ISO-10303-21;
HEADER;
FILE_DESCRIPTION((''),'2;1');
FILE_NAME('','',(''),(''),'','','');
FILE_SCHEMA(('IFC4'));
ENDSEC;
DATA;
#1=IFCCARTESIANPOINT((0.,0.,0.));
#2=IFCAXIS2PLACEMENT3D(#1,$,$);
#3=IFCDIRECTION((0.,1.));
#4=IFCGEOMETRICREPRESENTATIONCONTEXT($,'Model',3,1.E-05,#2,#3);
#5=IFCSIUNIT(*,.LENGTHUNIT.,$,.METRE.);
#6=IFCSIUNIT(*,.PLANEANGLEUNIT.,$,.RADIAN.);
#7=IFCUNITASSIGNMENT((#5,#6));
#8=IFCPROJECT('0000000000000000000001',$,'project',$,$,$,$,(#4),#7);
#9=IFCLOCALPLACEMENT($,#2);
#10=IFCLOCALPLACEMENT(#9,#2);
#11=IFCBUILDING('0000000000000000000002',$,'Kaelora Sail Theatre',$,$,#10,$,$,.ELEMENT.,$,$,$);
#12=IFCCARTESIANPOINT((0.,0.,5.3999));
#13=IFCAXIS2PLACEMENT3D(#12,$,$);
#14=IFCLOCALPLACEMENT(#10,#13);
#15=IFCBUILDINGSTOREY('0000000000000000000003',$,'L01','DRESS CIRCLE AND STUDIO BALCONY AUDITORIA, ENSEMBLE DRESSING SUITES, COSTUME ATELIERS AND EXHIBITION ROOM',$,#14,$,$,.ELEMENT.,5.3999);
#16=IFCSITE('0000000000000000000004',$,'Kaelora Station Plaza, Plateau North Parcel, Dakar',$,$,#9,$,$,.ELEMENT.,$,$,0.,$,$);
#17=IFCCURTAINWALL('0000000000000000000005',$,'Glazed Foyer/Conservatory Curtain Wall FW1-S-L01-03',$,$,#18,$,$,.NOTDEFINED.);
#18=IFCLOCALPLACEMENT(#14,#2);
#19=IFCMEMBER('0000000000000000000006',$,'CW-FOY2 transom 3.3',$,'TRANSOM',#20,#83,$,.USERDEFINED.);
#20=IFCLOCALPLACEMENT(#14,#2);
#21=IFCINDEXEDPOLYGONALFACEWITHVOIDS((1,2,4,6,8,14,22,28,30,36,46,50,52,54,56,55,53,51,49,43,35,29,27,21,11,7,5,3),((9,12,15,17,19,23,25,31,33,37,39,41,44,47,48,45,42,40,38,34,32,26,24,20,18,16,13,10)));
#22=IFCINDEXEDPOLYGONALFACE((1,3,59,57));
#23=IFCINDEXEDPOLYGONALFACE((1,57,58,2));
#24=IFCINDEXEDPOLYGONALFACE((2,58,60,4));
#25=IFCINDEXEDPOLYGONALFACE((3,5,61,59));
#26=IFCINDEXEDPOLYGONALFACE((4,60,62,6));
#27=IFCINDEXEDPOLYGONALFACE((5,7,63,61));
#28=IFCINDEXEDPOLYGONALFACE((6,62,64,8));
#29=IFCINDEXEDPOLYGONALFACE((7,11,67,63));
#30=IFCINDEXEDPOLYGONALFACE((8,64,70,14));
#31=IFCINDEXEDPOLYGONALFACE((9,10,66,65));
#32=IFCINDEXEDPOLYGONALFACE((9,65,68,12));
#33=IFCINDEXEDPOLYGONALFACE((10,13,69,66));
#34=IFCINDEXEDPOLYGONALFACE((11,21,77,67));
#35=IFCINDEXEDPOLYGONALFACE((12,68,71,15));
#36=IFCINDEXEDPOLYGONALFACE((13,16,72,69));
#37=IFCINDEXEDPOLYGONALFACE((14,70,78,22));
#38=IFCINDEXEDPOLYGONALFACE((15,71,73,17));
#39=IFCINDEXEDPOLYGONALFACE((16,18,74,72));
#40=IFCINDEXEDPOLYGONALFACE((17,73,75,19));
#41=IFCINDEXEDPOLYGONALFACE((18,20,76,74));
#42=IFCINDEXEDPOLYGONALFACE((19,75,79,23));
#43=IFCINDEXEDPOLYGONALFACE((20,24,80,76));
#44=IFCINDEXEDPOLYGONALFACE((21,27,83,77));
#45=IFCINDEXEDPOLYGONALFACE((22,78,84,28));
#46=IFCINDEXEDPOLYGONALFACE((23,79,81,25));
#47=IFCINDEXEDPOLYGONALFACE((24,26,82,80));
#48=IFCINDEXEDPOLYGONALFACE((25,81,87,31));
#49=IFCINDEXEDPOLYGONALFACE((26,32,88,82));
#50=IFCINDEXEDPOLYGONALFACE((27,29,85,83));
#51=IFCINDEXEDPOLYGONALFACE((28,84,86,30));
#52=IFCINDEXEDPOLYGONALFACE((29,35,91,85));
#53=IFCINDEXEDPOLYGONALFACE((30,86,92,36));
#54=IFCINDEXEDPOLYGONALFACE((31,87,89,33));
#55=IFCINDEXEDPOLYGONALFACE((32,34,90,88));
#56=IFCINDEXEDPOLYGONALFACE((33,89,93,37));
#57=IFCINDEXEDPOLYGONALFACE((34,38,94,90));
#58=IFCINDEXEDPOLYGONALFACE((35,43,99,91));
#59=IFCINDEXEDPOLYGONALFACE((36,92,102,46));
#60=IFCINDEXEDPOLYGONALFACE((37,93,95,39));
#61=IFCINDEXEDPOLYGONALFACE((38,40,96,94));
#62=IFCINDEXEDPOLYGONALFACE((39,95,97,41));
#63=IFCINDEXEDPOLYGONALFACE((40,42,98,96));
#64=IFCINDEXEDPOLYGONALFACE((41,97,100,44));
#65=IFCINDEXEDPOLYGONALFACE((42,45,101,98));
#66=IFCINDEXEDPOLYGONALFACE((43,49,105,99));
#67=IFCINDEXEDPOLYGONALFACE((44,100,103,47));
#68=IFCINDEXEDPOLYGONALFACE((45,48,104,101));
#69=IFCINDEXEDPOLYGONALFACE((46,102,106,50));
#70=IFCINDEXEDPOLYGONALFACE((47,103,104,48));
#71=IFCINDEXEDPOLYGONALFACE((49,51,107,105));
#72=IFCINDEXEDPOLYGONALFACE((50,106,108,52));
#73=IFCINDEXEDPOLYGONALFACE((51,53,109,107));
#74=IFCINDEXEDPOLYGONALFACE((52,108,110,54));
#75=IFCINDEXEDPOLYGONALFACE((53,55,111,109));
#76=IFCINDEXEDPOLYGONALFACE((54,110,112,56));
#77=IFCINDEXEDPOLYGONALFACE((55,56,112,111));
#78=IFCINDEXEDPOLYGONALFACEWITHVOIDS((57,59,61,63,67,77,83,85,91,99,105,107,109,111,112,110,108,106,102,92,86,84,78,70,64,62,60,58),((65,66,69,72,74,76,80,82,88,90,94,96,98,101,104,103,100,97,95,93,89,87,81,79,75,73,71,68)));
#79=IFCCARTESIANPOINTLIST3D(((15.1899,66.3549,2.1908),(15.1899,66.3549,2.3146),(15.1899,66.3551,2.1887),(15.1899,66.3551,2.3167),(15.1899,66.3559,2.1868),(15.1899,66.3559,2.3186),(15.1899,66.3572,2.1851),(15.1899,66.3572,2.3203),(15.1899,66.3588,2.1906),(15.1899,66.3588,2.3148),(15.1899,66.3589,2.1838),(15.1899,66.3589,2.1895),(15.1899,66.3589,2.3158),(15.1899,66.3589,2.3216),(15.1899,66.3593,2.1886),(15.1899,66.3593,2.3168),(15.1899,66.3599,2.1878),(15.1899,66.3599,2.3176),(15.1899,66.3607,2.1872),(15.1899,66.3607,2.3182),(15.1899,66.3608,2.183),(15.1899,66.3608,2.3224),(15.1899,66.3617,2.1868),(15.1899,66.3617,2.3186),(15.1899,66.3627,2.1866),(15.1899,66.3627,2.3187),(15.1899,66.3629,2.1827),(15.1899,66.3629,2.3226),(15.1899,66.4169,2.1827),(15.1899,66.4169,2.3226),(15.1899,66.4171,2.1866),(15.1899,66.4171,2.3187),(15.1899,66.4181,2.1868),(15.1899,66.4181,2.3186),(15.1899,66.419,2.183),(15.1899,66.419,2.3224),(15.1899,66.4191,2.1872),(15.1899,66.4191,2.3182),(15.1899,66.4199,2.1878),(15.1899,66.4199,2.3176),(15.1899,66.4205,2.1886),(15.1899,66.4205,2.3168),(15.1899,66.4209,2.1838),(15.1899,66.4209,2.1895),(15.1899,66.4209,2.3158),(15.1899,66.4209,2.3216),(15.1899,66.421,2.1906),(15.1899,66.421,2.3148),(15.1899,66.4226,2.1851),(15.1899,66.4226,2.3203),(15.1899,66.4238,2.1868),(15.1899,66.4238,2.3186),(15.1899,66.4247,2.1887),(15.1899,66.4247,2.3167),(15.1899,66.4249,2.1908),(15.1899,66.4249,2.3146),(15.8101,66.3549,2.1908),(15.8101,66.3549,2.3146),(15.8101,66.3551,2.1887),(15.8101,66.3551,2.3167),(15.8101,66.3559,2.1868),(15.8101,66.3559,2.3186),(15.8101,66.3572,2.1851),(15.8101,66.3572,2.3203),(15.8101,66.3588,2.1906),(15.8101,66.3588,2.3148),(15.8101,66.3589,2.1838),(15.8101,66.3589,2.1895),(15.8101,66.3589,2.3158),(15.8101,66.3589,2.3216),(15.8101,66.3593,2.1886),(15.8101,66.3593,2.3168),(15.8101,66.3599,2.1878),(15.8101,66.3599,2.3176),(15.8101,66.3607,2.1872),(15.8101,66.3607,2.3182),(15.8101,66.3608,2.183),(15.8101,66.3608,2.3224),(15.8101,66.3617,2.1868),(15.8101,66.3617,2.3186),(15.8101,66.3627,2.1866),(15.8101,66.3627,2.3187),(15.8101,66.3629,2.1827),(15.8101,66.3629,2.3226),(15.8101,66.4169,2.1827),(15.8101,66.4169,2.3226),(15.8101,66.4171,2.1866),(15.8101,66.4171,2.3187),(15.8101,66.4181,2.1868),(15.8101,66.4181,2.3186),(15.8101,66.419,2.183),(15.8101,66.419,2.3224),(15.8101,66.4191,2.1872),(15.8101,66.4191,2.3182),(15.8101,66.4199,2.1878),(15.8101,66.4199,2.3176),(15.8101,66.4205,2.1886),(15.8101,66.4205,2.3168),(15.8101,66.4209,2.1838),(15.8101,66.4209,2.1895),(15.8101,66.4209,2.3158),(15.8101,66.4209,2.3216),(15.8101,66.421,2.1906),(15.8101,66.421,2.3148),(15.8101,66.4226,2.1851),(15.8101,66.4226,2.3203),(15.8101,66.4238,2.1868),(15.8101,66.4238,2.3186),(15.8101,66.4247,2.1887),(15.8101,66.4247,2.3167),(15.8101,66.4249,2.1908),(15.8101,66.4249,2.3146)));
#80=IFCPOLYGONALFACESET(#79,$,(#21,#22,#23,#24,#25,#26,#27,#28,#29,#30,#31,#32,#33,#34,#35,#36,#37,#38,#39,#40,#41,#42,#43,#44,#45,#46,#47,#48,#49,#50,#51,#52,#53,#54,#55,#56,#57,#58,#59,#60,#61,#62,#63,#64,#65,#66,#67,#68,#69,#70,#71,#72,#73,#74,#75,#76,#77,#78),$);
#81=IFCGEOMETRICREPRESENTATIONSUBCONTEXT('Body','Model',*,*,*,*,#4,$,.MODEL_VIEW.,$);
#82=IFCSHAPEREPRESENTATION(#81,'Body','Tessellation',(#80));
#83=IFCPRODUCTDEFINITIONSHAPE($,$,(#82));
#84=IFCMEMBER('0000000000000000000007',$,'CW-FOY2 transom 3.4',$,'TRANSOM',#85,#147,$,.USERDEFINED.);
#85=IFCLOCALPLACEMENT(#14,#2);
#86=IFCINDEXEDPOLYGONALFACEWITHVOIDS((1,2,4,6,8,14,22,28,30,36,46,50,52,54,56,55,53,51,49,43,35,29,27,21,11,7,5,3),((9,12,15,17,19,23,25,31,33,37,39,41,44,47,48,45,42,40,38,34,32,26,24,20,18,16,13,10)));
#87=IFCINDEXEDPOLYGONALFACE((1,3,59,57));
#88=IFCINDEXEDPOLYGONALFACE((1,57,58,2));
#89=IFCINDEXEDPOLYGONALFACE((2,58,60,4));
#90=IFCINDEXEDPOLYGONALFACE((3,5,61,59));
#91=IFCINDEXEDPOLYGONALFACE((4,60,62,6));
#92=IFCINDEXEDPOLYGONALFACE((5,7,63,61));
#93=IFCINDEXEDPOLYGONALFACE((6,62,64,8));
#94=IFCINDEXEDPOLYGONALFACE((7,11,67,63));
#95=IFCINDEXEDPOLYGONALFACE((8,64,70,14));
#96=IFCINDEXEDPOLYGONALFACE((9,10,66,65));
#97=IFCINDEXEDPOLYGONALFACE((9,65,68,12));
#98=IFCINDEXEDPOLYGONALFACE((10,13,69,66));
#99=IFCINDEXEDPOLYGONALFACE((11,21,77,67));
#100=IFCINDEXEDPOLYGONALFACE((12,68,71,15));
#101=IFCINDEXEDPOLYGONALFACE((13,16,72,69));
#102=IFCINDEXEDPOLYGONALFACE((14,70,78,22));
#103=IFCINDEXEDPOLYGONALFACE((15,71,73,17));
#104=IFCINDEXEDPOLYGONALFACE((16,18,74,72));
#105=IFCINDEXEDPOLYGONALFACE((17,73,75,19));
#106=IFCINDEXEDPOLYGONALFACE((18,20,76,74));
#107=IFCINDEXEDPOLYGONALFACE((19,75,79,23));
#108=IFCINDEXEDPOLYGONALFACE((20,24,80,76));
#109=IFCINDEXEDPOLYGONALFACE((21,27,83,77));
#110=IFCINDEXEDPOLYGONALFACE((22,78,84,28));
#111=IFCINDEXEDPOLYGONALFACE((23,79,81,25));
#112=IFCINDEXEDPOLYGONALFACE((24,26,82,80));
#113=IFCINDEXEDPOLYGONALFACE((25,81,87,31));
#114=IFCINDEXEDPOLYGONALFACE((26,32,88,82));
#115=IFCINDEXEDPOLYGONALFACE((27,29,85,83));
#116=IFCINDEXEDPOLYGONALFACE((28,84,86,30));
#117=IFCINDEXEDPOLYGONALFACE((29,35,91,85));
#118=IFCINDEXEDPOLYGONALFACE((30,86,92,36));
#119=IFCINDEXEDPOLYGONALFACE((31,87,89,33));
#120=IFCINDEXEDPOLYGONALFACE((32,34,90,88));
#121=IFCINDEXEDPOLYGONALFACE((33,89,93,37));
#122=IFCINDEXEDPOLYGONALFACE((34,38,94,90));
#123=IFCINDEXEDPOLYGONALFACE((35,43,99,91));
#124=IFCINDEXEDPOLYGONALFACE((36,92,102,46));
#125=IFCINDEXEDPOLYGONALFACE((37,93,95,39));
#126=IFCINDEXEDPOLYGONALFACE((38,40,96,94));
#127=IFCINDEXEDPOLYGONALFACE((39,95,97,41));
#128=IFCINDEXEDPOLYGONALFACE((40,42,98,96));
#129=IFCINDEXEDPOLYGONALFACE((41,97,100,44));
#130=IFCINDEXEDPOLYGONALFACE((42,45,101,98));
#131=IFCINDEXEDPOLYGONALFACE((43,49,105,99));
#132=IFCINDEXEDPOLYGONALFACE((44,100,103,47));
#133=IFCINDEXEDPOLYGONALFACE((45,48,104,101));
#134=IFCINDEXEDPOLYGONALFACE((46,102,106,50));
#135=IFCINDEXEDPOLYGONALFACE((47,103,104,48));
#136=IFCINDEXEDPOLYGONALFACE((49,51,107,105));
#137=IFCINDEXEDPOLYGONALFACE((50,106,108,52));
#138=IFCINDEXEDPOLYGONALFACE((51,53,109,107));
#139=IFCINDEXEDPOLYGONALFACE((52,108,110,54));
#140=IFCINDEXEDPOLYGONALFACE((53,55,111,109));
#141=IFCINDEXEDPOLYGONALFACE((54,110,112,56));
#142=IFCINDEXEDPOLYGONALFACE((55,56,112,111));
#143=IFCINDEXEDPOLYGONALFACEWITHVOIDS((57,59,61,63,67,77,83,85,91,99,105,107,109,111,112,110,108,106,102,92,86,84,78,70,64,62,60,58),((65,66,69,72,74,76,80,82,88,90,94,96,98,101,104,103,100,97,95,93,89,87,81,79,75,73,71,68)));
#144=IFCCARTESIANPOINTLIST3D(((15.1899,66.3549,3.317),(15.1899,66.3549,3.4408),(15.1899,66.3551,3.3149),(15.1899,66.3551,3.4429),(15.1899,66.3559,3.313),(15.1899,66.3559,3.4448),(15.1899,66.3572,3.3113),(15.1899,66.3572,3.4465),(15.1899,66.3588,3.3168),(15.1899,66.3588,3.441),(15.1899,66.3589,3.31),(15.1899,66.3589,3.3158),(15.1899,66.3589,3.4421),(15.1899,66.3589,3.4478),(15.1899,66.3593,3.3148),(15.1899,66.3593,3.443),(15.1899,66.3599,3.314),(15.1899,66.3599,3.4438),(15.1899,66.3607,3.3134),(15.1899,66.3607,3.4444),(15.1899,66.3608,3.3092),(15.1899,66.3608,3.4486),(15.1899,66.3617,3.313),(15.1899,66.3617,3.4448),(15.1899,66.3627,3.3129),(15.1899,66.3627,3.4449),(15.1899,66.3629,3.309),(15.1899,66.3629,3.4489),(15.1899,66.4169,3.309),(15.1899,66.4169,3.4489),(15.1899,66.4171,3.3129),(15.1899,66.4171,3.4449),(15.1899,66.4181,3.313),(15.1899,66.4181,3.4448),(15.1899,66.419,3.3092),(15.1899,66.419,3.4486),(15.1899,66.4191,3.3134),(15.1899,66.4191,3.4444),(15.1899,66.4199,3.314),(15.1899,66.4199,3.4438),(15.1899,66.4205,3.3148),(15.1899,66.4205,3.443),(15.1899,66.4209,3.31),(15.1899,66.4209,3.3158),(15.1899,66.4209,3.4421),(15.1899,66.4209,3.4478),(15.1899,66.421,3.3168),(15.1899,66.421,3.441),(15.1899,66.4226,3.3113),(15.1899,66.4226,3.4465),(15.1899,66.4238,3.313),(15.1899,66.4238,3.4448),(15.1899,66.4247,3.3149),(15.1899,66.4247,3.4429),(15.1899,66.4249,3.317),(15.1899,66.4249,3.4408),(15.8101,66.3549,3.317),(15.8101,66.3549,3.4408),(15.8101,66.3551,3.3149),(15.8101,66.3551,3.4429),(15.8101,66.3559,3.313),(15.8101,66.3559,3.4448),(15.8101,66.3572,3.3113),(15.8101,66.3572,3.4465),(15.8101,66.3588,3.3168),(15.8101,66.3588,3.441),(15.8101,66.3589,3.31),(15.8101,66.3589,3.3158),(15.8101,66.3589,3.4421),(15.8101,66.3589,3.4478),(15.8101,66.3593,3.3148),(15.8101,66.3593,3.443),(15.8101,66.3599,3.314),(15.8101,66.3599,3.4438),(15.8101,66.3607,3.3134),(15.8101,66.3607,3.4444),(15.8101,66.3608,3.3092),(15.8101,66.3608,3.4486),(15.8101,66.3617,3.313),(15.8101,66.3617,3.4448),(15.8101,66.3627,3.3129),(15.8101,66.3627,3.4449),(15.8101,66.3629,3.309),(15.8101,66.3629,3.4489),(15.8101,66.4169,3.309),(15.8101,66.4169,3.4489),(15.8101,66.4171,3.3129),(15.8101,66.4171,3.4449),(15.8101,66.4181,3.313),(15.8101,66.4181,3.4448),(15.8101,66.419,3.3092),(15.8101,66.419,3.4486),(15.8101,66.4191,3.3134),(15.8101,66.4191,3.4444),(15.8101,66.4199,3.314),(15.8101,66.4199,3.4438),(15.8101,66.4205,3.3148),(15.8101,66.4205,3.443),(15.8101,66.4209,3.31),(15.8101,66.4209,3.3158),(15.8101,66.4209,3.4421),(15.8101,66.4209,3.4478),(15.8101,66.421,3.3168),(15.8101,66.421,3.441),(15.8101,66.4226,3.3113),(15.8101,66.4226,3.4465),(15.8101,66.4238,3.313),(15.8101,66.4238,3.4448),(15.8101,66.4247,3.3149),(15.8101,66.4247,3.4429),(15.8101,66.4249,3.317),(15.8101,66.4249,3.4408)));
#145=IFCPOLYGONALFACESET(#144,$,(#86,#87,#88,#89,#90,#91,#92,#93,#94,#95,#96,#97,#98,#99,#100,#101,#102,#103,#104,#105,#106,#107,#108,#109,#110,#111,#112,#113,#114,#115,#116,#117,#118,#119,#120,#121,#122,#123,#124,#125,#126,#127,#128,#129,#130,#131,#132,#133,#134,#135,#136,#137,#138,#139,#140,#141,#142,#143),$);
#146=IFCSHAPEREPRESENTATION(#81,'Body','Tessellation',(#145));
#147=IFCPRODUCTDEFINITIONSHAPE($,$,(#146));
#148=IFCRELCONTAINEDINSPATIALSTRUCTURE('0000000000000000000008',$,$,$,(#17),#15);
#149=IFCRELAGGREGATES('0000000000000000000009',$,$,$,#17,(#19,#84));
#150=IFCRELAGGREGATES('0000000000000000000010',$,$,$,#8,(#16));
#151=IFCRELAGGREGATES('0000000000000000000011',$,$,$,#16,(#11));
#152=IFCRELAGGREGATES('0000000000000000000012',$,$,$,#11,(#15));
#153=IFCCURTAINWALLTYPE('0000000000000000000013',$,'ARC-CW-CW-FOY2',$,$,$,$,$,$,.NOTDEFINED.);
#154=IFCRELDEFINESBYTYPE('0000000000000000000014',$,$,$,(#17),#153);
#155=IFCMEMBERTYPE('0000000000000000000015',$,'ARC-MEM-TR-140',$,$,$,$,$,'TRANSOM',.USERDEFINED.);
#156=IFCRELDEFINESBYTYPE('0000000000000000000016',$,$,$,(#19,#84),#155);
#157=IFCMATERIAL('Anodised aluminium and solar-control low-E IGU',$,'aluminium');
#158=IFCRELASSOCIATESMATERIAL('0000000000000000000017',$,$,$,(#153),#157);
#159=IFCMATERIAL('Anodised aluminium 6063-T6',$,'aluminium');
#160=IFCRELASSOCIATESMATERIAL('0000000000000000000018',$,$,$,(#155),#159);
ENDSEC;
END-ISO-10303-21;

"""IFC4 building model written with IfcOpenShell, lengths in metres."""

from ifc_helpers import new_model, si_unit, direction, frame, origin, origin_2d, place, context, subcontext, project, spatial, hollow_rectangle, extrude, material, material_profile, profile_set, type_object, element, aggregate, save


model = new_model("IFC4")

# Units and contexts
model_context = context("Model", 3, precision=1e-05, world=origin(), true_north=direction((0.0, 1.0)))
body_context = subcontext(model_context, "Body", "Model", "MODEL_VIEW")
ifc_project = project(units=[si_unit("LENGTHUNIT", "METRE"), si_unit("PLANEANGLEUNIT", "RADIAN")], contexts=[model_context])

# Site, building, storey
site_placement = place(None, origin())
site = spatial("IfcSite", under=ifc_project, at=site_placement, Name="Kaelora Station Plaza, Plateau North Parcel, Dakar", CompositionType="ELEMENT", RefElevation=0.0)
building_placement = place(site_placement, origin())
building = spatial("IfcBuilding", under=site, at=building_placement, Name="Kaelora Sail Theatre", CompositionType="ELEMENT")
storey_placement = place(building_placement, frame((0.0, 0.0, 5.3999)))
storey = spatial("IfcBuildingStorey", under=building, at=storey_placement, Name="L01", Description="DRESS CIRCLE AND STUDIO BALCONY AUDITORIA, ENSEMBLE DRESSING SUITES, COSTUME ATELIERS AND EXHIBITION ROOM", CompositionType="ELEMENT", Elevation=5.3999)

# Curtain wall, members
ifc_material_1 = material(Name="Anodised aluminium and solar-control low-E IGU", Category="aluminium")
curtain_wall_type = type_object("IfcCurtainWallType", Name="ARC-CW-CW-FOY2", PredefinedType="NOTDEFINED", material=ifc_material_1)
curtain_wall_1_placement = place(storey_placement, origin())
curtain_wall_1 = element("IfcCurtainWall", 1, at=curtain_wall_1_placement, inside=storey, type_object=curtain_wall_type, Name="Glazed Foyer/Conservatory Curtain Wall FW1-S-L01-03", PredefinedType="NOTDEFINED")
ifc_material_2 = material(Name="Anodised aluminium 6063-T6", Category="aluminium")
ifc_material_profile = material_profile(ifc_material_2, hollow_rectangle(XDim=0.0701, YDim=0.1399, WallThickness=0.0039, InnerFilletRadius=0.0039, OuterFilletRadius=0.0081, at=origin_2d()), Name="ALU-TRAN 70x140x4")
ifc_profile_set = profile_set([ifc_material_profile], Name="Anodised aluminium 6063-T6")
member_type = type_object("IfcMemberType", Name="ARC-MEM-TR-140", ElementType="TRANSOM", PredefinedType="USERDEFINED", material=ifc_profile_set)
member_1_placement = place(storey_placement, frame((15.1899, 66.3899, 2.2527), z_axis=(1.0, 0.0, 0.0), x_axis=(0.0, 1.0, 0.0)))
member_1 = element("IfcMember", 2, at=member_1_placement, type_object=member_type, Name="CW-FOY2 transom 3.3", ObjectType="TRANSOM", PredefinedType="USERDEFINED", context=body_context, shape_type="SweptSolid", body=[
    extrude(hollow_rectangle(XDim=0.0701, YDim=0.1399, WallThickness=0.0039, InnerFilletRadius=0.0039, OuterFilletRadius=0.0081, at=origin_2d()), origin(), (0.0, 0.0, 1.0), 0.6201),
])
member_2_placement = place(storey_placement, frame((15.1899, 66.3899, 3.3789), z_axis=(1.0, 0.0, 0.0), x_axis=(0.0, 1.0, 0.0)))
member_2 = element("IfcMember", 3, at=member_2_placement, type_object=member_type, Name="CW-FOY2 transom 3.4", ObjectType="TRANSOM", PredefinedType="USERDEFINED", context=body_context, shape_type="SweptSolid", body=[
    extrude(hollow_rectangle(XDim=0.0701, YDim=0.1399, WallThickness=0.0039, InnerFilletRadius=0.0039, OuterFilletRadius=0.0081, at=origin_2d()), origin(), (0.0, 0.0, 1.0), 0.6201),
])

aggregate(curtain_wall_1, [member_1, member_2])

save(model, "model.ifc")
